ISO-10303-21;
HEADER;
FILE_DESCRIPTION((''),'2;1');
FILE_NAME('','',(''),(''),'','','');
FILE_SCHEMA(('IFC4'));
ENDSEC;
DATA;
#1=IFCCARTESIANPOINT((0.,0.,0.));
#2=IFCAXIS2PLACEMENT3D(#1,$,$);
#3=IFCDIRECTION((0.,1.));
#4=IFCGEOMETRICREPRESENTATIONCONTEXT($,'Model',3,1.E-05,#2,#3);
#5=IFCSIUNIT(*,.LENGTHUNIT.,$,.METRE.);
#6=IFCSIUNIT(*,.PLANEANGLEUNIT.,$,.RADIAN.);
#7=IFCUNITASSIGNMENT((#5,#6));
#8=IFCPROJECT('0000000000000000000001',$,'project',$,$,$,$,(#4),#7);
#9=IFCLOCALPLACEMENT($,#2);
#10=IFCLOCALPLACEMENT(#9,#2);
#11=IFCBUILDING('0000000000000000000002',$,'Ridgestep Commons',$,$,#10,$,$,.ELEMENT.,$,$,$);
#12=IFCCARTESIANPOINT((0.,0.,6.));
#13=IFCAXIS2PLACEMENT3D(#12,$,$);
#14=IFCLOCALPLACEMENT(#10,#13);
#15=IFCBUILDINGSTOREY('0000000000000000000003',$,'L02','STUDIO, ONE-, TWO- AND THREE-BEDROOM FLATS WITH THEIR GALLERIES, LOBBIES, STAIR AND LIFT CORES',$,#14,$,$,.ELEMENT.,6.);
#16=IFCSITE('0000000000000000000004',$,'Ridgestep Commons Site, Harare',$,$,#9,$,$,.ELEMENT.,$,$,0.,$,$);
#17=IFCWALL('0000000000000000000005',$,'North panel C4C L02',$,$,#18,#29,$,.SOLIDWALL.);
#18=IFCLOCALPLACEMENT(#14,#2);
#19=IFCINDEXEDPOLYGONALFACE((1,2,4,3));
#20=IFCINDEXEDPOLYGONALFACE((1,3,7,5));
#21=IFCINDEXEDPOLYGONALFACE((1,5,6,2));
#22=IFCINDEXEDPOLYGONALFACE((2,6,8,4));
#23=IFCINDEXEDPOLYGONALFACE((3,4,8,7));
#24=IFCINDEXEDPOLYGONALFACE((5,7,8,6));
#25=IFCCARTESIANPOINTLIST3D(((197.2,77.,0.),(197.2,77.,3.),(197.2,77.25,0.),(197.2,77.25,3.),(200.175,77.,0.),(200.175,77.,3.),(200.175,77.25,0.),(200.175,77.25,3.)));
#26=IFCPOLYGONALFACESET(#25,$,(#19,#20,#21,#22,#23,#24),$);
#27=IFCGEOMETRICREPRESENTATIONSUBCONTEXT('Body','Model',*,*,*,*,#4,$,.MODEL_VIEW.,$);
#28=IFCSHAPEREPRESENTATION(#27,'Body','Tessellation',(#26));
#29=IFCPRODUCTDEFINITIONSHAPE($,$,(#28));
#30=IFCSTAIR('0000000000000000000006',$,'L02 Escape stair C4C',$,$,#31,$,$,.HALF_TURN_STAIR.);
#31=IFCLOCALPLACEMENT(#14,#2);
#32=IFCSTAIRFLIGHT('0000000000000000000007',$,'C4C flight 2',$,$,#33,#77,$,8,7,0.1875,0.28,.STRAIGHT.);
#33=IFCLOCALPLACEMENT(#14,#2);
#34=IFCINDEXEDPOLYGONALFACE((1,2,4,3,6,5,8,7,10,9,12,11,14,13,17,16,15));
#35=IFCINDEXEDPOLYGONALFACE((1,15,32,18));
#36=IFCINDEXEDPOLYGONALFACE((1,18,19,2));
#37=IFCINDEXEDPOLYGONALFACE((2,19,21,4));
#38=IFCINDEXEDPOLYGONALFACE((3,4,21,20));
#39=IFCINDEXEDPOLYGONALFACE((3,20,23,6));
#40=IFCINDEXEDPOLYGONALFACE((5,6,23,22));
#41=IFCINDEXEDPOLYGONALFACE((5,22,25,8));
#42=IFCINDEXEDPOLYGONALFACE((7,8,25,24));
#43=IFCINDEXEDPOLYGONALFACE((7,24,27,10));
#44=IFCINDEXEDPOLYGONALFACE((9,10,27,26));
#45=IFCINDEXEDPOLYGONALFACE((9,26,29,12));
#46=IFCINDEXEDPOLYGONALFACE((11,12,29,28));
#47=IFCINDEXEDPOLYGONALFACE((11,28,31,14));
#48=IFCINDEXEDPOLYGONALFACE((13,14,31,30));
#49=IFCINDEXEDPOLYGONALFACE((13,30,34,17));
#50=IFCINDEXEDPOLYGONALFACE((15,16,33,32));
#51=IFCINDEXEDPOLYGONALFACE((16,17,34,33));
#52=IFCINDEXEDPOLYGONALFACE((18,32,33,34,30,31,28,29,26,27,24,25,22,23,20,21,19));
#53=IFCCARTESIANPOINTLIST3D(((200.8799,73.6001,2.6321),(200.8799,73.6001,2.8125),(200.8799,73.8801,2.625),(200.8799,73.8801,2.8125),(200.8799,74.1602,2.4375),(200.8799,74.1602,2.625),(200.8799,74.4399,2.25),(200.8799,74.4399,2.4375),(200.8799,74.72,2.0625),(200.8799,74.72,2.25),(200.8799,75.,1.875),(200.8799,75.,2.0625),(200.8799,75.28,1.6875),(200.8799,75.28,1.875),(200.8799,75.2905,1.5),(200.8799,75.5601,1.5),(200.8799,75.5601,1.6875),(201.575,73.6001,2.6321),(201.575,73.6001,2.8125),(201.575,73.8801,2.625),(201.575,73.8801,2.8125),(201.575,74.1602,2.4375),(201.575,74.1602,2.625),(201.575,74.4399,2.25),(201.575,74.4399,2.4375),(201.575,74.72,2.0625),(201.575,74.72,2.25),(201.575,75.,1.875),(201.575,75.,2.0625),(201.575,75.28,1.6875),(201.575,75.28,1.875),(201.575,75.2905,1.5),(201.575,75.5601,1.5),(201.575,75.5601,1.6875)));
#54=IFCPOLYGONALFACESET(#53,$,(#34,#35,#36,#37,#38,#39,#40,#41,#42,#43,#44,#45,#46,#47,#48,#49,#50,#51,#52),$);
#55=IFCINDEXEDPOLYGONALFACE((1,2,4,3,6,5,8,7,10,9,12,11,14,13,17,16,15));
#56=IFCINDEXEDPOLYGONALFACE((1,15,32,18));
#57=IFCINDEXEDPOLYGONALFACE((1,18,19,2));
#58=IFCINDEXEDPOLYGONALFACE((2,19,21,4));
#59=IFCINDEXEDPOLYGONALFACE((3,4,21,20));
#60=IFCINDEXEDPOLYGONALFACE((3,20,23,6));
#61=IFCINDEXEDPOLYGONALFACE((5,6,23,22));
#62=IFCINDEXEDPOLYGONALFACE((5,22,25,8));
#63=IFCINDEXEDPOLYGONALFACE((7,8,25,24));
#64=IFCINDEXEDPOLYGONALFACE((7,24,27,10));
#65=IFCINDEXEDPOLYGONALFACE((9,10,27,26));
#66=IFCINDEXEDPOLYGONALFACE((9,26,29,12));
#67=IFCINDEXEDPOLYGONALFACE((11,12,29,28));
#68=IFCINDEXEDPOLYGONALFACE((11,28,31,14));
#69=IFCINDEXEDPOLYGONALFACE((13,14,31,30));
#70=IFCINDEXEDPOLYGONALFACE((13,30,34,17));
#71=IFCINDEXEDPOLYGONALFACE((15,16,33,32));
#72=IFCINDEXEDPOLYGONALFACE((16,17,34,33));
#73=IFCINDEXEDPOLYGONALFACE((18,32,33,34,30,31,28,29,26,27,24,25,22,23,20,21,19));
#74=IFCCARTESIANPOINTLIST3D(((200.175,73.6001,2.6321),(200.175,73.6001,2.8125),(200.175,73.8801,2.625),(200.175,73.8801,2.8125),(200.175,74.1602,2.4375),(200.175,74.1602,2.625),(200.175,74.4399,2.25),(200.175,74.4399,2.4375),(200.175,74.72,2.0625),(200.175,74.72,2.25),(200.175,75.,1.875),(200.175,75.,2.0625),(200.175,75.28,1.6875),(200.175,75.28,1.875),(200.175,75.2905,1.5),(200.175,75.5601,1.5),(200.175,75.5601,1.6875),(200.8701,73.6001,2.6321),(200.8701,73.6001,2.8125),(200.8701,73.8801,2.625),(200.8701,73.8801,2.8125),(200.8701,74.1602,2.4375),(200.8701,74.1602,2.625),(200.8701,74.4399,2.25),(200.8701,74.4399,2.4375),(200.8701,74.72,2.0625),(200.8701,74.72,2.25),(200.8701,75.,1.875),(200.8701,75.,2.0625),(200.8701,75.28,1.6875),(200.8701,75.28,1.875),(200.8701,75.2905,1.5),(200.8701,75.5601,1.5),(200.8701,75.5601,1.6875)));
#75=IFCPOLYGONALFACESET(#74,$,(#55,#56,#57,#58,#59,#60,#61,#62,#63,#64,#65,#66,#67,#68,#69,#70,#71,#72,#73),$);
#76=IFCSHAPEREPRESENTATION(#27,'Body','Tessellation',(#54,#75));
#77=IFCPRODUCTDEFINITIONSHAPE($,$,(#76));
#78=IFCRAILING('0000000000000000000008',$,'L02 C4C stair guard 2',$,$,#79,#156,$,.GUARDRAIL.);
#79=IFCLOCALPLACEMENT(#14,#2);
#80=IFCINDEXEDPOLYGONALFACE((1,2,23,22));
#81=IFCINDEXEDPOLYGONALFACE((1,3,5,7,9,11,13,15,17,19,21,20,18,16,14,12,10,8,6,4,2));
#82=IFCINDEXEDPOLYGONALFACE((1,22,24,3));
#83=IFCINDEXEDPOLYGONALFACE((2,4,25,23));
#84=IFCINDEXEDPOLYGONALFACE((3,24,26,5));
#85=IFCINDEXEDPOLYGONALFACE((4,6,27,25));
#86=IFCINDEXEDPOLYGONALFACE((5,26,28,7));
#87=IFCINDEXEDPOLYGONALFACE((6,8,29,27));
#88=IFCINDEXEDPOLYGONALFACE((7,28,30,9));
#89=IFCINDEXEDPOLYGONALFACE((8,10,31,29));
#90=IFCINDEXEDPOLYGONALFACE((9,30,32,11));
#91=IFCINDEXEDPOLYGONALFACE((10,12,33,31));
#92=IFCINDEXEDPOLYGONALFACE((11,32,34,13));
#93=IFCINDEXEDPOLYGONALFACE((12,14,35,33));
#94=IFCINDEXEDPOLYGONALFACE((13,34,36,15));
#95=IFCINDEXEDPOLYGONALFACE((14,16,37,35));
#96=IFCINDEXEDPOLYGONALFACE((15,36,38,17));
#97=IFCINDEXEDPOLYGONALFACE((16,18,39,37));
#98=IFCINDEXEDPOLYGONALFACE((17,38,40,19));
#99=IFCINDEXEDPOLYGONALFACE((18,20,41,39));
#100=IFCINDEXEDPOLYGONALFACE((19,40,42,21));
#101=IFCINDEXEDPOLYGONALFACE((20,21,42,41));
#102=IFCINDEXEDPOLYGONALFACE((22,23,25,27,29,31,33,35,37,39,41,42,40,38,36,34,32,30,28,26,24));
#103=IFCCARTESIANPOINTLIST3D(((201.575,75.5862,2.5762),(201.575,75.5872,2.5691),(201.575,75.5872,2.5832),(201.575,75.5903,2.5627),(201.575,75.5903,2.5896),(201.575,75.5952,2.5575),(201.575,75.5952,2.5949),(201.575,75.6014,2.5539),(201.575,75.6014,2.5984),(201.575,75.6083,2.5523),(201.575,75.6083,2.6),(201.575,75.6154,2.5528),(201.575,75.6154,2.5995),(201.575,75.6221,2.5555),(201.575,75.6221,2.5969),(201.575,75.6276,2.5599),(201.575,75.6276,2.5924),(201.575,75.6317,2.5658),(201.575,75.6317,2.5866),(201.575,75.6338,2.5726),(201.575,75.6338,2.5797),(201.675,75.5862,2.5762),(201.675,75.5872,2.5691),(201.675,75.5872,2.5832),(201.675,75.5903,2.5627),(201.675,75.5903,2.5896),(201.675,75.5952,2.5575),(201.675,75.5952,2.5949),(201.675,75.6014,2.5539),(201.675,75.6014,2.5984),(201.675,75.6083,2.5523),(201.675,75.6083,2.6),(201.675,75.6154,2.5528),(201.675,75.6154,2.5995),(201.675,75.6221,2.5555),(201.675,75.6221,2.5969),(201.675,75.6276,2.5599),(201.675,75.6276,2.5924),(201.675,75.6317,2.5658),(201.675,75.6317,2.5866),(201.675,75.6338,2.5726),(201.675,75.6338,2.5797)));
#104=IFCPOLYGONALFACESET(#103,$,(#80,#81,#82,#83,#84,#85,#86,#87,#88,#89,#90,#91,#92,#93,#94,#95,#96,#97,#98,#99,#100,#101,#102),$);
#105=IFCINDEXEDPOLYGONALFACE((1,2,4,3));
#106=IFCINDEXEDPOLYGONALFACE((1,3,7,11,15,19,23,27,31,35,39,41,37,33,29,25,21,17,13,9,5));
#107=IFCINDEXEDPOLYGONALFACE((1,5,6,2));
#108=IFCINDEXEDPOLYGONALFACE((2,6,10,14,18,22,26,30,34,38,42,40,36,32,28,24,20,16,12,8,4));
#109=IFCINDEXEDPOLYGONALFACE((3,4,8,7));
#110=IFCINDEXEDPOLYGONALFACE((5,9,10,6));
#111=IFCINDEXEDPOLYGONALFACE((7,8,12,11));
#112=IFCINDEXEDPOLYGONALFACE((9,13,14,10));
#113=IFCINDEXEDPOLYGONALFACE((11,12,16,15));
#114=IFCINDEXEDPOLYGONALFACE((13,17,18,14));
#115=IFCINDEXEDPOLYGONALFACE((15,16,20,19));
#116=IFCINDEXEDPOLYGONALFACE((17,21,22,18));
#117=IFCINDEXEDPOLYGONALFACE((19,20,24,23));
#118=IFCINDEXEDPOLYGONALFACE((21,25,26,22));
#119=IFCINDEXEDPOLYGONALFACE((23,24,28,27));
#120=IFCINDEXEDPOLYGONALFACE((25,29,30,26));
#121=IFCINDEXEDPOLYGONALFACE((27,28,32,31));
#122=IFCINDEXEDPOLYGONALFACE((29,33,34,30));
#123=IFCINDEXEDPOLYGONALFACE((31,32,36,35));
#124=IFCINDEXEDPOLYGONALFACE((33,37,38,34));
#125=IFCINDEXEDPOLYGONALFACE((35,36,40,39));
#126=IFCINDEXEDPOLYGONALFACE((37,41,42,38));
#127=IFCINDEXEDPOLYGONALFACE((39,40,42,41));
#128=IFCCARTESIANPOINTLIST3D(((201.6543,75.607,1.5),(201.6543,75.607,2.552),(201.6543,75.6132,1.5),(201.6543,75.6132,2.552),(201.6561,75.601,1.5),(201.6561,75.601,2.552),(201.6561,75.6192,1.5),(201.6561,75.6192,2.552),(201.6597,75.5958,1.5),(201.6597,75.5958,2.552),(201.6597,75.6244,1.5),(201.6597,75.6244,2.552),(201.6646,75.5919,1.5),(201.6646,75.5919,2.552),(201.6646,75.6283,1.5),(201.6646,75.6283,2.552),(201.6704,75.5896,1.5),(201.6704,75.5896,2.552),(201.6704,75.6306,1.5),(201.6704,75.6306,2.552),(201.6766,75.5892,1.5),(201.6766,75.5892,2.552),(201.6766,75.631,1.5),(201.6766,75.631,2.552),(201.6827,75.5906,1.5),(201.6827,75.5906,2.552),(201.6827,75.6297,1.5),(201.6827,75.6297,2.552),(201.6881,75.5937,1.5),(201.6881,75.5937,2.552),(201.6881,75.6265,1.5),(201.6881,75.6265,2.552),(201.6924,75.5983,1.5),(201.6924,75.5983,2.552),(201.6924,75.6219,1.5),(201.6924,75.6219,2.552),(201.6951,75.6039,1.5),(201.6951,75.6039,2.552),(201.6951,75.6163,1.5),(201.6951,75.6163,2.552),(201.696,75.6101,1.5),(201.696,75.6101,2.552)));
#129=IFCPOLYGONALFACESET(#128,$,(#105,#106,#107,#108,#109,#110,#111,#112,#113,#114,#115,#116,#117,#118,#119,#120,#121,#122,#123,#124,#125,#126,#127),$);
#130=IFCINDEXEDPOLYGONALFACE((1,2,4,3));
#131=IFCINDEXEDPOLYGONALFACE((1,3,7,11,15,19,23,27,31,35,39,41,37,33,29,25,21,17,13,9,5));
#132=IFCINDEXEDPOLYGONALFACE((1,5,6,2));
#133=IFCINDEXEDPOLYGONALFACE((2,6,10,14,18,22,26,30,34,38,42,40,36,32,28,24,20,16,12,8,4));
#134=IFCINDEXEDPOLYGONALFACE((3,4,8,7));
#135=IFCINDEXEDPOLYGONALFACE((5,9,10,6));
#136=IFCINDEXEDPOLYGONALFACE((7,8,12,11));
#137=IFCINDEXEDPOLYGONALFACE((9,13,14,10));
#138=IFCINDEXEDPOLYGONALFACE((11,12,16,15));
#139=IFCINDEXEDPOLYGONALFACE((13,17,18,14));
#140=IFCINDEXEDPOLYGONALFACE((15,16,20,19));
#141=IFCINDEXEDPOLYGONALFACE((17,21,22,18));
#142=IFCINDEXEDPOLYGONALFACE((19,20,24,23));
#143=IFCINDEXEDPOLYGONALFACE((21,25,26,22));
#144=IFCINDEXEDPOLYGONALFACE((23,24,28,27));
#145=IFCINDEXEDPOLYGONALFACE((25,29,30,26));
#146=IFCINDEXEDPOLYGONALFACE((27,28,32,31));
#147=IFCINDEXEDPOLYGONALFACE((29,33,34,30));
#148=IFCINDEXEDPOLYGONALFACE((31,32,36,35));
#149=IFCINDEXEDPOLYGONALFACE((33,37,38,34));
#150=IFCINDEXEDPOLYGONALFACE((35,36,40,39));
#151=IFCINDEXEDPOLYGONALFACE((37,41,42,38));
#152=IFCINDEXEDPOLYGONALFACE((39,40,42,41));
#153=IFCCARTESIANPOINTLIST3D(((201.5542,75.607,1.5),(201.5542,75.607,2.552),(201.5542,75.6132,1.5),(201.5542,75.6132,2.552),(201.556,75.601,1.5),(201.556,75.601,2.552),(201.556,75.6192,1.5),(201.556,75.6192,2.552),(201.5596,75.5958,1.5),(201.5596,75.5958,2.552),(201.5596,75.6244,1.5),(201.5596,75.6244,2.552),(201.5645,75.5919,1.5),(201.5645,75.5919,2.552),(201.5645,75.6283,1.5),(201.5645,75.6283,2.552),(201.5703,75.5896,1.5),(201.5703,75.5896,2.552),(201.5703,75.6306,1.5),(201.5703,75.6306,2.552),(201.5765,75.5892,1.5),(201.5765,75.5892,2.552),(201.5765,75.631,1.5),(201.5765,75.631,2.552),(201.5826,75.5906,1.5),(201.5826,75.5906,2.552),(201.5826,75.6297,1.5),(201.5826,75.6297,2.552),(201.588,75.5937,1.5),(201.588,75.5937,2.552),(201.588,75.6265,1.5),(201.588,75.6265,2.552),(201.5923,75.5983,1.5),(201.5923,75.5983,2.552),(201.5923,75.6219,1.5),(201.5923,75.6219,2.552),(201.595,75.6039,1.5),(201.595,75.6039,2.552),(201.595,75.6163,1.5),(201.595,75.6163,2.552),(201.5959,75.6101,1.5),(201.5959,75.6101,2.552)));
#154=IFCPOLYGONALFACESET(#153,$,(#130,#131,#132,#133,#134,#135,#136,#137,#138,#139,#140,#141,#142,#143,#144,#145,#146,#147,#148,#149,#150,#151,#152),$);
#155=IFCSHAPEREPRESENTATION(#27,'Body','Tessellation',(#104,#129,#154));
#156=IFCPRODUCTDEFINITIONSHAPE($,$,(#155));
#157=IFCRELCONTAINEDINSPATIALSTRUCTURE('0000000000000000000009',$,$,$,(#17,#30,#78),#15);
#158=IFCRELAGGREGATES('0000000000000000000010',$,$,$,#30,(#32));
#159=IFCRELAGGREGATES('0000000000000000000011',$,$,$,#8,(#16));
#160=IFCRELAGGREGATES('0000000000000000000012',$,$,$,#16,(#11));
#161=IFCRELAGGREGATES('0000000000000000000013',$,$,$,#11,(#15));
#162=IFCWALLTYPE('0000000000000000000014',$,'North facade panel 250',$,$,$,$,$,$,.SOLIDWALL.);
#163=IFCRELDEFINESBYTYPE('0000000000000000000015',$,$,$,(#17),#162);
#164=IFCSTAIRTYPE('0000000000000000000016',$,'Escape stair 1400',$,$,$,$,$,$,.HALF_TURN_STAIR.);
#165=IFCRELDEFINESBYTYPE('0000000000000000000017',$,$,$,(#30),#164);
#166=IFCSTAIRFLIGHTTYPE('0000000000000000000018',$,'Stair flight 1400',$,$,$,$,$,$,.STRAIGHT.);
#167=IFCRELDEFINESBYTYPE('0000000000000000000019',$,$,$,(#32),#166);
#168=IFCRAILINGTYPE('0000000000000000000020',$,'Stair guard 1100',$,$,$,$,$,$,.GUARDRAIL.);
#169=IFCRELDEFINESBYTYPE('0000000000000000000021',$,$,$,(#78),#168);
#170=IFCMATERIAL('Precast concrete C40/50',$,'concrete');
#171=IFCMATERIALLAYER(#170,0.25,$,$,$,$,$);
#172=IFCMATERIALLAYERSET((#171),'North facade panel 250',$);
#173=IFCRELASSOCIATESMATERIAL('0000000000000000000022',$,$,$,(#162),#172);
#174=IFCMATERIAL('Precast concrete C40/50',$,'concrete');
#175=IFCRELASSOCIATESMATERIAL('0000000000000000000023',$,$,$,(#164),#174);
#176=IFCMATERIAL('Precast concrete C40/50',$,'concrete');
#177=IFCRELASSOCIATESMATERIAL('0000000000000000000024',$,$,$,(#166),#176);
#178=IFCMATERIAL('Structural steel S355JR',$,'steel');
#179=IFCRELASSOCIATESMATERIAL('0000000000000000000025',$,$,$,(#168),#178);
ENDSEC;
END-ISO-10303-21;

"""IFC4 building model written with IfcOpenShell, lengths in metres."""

from ifc_helpers import new_model, si_unit, direction, frame, frame_2d, origin, origin_2d, place, context, subcontext, project, spatial, polyline, rectangle, circle, outline, extrude, material, layer, layer_set, type_object, element, aggregate, save


model = new_model("IFC4")

# Units and contexts
model_context = context("Model", 3, precision=1e-05, world=origin(), true_north=direction((0.0, 1.0)))
body_context = subcontext(model_context, "Body", "Model", "MODEL_VIEW")
ifc_project = project(units=[si_unit("LENGTHUNIT", "METRE"), si_unit("PLANEANGLEUNIT", "RADIAN")], contexts=[model_context])

# Site, building, storey
site_placement = place(None, origin())
site = spatial("IfcSite", under=ifc_project, at=site_placement, Name="Ridgestep Commons Site, Harare", CompositionType="ELEMENT", RefElevation=0.0)
building_placement = place(site_placement, origin())
building = spatial("IfcBuilding", under=site, at=building_placement, Name="Ridgestep Commons", CompositionType="ELEMENT")
storey_placement = place(building_placement, frame((0.0, 0.0, 6.0)))
storey = spatial("IfcBuildingStorey", under=building, at=storey_placement, Name="L02", Description="STUDIO, ONE-, TWO- AND THREE-BEDROOM FLATS WITH THEIR GALLERIES, LOBBIES, STAIR AND LIFT CORES", CompositionType="ELEMENT", Elevation=6.0)

# Wall
ifc_material_1 = material(Name="Precast concrete C40/50", Category="concrete")
ifc_layer_1 = layer(ifc_material_1, 0.25)
ifc_layer_set_1 = layer_set([ifc_layer_1], Name="North facade panel 250")
wall_type_1 = type_object("IfcWallType", Name="North facade panel 250", PredefinedType="SOLIDWALL", material=ifc_layer_set_1)
wall_1_placement = place(storey_placement, frame((197.2, 77.125, 0.0), z_axis=(0.0, 0.0, 1.0), x_axis=(1.0, 0.0, 0.0)))
element("IfcWall", 1, at=wall_1_placement, inside=storey, type_object=wall_type_1, Name="North panel C4C L02", PredefinedType="SOLIDWALL", context=body_context, shape_type="SweptSolid", body=[
    extrude(rectangle(XDim=2.9751, YDim=0.25, at=frame_2d((1.4875, 0.0))), origin(), (0.0, 0.0, 1.0), 3.0),
])

# Stair, stair flight
ifc_material_2 = material(Name="Precast concrete C40/50", Category="concrete")
stair_type = type_object("IfcStairType", Name="Escape stair 1400", PredefinedType="HALF_TURN_STAIR", material=ifc_material_2)
stair_placement = place(storey_placement, origin())
stair = element("IfcStair", 2, at=stair_placement, inside=storey, type_object=stair_type, Name="L02 Escape stair C4C", PredefinedType="HALF_TURN_STAIR")
ifc_material_3 = material(Name="Precast concrete C40/50", Category="concrete")
stair_flight_type = type_object("IfcStairFlightType", Name="Stair flight 1400", PredefinedType="STRAIGHT", material=ifc_material_3)
stair_flight_placement = place(storey_placement, frame((200.875, 75.5601, 1.5), z_axis=(0.0, 0.0, 1.0), x_axis=(0.0, -1.0, 0.0)))
stair_flight = element("IfcStairFlight", 3, at=stair_flight_placement, type_object=stair_flight_type, Name="C4C flight 2", NumberOfRisers=8, NumberOfTreads=7, PredefinedType="STRAIGHT", RiserHeight=0.1875, TreadLength=0.28, context=body_context, shape_type="SweptSolid", body=[
    extrude(outline(polyline([(0.0, 0.0), (0.0, 0.1875), (0.28, 0.1875), (0.28, 0.375), (0.5601, 0.375), (0.5601, 0.5625), (0.8401, 0.5625), (0.8401, 0.75), (1.1201, 0.75), (1.1201, 0.9375), (1.3999, 0.9375), (1.3999, 1.125), (1.6799, 1.125), (1.6799, 1.3125), (1.96, 1.3125), (1.96, 1.5), (1.96, 1.1321), (0.2695, 0.0), (0.0, 0.0)])), frame((0.0, 0.7, 0.0), z_axis=(0.0, -1.0, 0.0), x_axis=(1.0, 0.0, 0.0)), (0.0, 0.0, 1.0), 0.6951),
    extrude(outline(polyline([(0.0, 0.0), (0.0, 0.1875), (0.28, 0.1875), (0.28, 0.375), (0.5601, 0.375), (0.5601, 0.5625), (0.8401, 0.5625), (0.8401, 0.75), (1.1201, 0.75), (1.1201, 0.9375), (1.3999, 0.9375), (1.3999, 1.125), (1.6799, 1.125), (1.6799, 1.3125), (1.96, 1.3125), (1.96, 1.5), (1.96, 1.1321), (0.2695, 0.0), (0.0, 0.0)])), frame((0.0, -0.0049, 0.0), z_axis=(0.0, -1.0, 0.0), x_axis=(1.0, 0.0, 0.0)), (0.0, 0.0, 1.0), 0.6951),
])
aggregate(stair, [stair_flight])

# Railing
ifc_material_4 = material(Name="Structural steel S355JR", Category="steel")
railing_type_1 = type_object("IfcRailingType", Name="Stair guard 1100", PredefinedType="GUARDRAIL", material=ifc_material_4)
railing_1_placement = place(storey_placement, frame((201.675, 75.6101, 1.5)))
element("IfcRailing", 4, at=railing_1_placement, inside=storey, type_object=railing_type_1, Name="L02 C4C stair guard 2", PredefinedType="GUARDRAIL", context=body_context, shape_type="SweptSolid", body=[
    extrude(circle(Radius=0.0239, at=origin_2d()), frame((0.0, 0.0, 1.0762), z_axis=(-1.0, 0.0, 0.0), x_axis=(0.0, -1.0, 0.0)), (0.0, 0.0, 1.0), 0.1001),
    extrude(circle(Radius=0.021, at=origin_2d()), origin(), (0.0, 0.0, 1.0), 1.052),
    extrude(circle(Radius=0.021, at=origin_2d()), frame((-0.1001, 0.0, 0.0)), (0.0, 0.0, 1.0), 1.052),
])

save(model, "model.ifc")
